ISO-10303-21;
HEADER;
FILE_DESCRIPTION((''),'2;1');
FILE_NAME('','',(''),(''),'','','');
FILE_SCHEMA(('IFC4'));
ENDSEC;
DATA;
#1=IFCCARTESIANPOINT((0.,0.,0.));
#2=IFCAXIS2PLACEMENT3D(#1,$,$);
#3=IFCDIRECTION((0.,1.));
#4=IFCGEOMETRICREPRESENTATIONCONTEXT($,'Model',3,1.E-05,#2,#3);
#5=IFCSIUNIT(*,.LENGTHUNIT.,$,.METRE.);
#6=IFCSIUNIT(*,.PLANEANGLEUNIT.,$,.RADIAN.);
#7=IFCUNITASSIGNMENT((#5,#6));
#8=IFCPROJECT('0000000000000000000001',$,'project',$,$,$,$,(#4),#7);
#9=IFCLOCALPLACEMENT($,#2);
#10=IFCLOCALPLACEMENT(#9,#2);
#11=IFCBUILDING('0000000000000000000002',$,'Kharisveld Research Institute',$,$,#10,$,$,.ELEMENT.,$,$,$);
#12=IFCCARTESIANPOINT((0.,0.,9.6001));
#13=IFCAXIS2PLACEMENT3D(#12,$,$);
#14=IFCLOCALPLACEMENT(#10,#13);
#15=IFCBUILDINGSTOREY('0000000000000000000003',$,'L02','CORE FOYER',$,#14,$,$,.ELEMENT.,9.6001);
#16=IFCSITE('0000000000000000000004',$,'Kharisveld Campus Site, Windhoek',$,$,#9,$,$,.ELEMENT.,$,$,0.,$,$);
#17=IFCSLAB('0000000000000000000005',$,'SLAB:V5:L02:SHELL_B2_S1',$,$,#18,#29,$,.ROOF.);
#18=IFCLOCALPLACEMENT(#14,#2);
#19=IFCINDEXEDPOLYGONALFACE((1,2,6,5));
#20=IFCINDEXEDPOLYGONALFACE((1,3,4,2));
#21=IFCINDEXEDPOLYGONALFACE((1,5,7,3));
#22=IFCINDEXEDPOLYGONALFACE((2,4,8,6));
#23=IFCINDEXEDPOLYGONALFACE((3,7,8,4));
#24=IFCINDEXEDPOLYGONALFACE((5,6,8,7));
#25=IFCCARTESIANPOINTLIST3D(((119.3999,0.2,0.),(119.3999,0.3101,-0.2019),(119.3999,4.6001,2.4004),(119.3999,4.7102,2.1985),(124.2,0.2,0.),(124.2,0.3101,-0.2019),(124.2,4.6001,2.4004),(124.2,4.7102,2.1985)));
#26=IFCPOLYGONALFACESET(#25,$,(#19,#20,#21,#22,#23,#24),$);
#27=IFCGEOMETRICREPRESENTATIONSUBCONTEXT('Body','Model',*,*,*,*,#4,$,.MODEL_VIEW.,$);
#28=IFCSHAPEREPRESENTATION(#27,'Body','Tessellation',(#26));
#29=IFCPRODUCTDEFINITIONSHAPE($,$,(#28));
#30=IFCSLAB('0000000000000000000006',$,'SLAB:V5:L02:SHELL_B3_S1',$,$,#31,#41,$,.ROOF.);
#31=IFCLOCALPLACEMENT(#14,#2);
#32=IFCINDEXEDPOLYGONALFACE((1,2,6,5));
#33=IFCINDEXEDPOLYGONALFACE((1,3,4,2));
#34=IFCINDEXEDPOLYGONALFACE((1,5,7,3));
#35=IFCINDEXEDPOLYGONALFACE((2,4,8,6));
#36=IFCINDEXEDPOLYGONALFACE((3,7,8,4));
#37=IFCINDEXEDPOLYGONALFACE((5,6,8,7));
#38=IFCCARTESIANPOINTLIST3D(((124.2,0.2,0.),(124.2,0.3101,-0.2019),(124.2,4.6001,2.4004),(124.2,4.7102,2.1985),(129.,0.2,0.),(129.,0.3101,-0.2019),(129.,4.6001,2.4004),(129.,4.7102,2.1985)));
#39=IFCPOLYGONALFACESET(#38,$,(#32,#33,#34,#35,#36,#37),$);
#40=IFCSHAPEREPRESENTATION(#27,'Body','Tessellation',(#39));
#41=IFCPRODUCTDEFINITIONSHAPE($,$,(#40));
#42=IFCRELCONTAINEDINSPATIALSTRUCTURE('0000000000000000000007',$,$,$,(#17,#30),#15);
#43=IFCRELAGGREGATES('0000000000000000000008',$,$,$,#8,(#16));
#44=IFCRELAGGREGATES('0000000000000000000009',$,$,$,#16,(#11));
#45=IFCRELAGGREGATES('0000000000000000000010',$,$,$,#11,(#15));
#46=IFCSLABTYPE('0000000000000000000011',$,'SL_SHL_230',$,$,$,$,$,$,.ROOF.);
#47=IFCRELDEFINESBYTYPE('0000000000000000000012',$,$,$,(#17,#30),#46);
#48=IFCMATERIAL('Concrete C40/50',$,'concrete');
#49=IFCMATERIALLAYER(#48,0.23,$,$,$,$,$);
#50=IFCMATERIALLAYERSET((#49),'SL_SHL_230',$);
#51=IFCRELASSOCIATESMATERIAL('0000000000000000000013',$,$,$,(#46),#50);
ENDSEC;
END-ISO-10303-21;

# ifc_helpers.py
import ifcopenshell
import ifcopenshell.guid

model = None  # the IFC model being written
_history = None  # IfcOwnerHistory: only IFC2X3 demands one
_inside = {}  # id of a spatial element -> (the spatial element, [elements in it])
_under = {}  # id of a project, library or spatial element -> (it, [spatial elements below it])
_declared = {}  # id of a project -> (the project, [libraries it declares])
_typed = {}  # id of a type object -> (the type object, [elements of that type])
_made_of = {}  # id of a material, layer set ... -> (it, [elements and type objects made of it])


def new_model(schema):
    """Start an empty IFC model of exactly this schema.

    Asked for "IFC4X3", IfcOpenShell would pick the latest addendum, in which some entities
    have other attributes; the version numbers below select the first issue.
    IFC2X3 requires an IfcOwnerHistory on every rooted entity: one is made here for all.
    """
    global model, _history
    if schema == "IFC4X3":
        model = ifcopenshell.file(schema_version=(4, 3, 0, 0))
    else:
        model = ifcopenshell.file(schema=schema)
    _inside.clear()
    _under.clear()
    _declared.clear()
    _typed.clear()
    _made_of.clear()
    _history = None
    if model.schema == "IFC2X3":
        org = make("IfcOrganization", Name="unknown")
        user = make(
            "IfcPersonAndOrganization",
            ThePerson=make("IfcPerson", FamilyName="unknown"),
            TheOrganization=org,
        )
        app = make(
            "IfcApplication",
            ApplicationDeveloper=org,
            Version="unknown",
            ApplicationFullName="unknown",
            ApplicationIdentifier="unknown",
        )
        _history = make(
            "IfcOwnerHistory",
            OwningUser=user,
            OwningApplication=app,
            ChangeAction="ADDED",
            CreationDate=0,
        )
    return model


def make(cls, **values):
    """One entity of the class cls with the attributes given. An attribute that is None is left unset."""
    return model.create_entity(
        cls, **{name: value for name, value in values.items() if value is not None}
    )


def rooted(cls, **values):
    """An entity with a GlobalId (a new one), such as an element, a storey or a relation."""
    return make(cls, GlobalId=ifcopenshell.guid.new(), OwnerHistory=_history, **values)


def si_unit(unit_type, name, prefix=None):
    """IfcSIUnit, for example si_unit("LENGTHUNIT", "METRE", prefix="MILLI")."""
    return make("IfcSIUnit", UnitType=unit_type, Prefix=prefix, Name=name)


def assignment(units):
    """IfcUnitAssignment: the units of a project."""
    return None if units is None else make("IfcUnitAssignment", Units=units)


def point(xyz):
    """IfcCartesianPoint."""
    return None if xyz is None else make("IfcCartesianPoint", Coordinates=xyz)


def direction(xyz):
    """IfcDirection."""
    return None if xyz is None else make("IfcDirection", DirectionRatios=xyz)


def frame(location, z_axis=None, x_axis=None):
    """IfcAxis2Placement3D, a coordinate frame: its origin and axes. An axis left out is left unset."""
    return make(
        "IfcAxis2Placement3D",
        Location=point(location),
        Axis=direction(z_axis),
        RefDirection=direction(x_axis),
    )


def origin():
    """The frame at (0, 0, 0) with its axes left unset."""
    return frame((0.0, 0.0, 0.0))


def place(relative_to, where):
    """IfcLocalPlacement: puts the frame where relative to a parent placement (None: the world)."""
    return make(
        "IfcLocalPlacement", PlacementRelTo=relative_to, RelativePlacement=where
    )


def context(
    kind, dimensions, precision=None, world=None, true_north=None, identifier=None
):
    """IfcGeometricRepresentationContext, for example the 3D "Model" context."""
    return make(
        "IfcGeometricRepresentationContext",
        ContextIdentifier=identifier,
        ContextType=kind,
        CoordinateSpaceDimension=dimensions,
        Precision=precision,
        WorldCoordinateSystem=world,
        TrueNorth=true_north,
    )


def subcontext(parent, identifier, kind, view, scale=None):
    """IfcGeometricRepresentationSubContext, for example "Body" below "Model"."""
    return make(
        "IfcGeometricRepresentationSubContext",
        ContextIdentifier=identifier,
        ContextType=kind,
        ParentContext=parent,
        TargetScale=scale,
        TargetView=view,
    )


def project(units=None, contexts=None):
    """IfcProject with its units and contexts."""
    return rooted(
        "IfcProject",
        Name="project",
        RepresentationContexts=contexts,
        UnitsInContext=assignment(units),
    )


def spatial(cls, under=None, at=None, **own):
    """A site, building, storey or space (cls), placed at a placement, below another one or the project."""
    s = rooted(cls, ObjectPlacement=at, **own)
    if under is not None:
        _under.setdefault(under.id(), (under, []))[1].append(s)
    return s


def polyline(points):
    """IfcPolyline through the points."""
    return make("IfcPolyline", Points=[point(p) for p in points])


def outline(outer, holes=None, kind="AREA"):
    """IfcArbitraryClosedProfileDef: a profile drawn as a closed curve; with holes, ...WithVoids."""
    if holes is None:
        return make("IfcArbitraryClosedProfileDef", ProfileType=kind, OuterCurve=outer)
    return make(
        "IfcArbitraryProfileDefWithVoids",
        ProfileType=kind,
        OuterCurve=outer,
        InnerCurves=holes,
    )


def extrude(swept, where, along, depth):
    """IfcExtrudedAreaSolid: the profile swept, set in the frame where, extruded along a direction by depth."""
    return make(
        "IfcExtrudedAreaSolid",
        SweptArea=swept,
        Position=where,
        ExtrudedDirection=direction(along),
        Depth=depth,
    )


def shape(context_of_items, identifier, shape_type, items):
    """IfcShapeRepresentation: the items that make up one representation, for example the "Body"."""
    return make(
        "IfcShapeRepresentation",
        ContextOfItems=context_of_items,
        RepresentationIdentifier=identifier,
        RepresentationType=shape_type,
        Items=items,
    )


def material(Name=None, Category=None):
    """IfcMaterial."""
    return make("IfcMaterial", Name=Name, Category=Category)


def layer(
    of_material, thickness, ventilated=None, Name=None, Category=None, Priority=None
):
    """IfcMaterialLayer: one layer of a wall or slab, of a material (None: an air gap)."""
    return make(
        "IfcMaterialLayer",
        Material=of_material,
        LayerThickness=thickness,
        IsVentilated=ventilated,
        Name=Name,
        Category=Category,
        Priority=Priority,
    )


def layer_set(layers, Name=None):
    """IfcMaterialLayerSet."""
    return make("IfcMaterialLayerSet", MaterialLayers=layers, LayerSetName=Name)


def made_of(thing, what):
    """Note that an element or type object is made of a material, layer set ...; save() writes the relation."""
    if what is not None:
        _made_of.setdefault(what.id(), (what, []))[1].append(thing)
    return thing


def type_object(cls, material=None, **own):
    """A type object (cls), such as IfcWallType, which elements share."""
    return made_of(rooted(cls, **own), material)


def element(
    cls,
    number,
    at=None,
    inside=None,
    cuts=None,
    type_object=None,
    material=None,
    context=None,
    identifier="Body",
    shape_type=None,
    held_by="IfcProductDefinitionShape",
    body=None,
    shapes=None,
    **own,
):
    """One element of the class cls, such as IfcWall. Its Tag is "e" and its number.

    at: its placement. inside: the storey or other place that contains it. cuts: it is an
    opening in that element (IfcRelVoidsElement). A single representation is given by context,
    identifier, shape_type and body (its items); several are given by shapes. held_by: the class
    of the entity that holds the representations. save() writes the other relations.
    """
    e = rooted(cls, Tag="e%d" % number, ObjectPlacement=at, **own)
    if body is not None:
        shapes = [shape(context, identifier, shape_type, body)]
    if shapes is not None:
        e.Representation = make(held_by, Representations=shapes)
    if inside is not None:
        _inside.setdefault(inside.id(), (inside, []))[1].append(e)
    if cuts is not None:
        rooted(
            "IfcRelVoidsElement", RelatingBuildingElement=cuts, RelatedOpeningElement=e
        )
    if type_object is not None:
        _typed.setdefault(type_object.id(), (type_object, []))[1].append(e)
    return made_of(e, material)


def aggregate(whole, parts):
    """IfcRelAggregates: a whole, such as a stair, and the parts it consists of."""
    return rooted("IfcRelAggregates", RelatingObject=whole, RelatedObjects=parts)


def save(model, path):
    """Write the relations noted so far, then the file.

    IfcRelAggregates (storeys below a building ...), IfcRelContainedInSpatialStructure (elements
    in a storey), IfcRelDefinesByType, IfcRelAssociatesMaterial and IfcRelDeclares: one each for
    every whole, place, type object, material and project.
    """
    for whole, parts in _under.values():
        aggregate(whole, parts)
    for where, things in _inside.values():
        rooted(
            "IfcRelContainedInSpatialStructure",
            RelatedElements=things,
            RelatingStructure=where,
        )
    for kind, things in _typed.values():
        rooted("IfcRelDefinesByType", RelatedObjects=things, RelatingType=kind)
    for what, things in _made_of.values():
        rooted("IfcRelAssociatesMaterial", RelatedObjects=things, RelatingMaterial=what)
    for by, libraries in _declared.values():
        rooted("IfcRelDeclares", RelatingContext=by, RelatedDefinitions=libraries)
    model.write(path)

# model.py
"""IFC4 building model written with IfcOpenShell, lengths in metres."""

from ifc_helpers import new_model, si_unit, direction, frame, origin, place, context, subcontext, project, spatial, polyline, outline, extrude, material, layer, layer_set, type_object, element, save


model = new_model("IFC4")

# Units and contexts
model_context = context("Model", 3, precision=1e-05, world=origin(), true_north=direction((0.0, 1.0)))
body_context = subcontext(model_context, "Body", "Model", "MODEL_VIEW")
ifc_project = project(units=[si_unit("LENGTHUNIT", "METRE"), si_unit("PLANEANGLEUNIT", "RADIAN")], contexts=[model_context])

# Site, building, storey
site_placement = place(None, origin())
site = spatial("IfcSite", under=ifc_project, at=site_placement, Name="Kharisveld Campus Site, Windhoek", CompositionType="ELEMENT", RefElevation=0.0)
building_placement = place(site_placement, origin())
building = spatial("IfcBuilding", under=site, at=building_placement, Name="Kharisveld Research Institute", CompositionType="ELEMENT")
storey_placement = place(building_placement, frame((0.0, 0.0, 9.6001)))
storey = spatial("IfcBuildingStorey", under=building, at=storey_placement, Name="L02", Description="CORE FOYER", CompositionType="ELEMENT", Elevation=9.6001)

# Slabs
ifc_material_1 = material(Name="Concrete C40/50", Category="concrete")
ifc_layer_1 = layer(ifc_material_1, 0.23)
ifc_layer_set_1 = layer_set([ifc_layer_1], Name="SL_SHL_230")
slab_type_1 = type_object("IfcSlabType", Name="SL_SHL_230", PredefinedType="ROOF", material=ifc_layer_set_1)
for number, where, z_axis, x_axis, name in (
    (1, (119.3999, 0.2, 0.0), (0.0, -0.4789, 0.87787), (1.0, 0.0, 0.0), "SLAB:V5:L02:SHELL_B2_S1"),
    (2, (124.2, 0.2, 0.0), (0.0, -0.4789, 0.87787), (1.0, 0.0, 0.0), "SLAB:V5:L02:SHELL_B3_S1"),
):
    element("IfcSlab", number, at=place(storey_placement, frame(where, z_axis=z_axis, x_axis=x_axis)), inside=storey, type_object=slab_type_1, Name=name, PredefinedType="ROOF", context=body_context, shape_type="SweptSolid", body=[
        extrude(outline(polyline([(0.0, 0.0), (4.8, 0.0), (4.8, 5.0123), (0.0, 5.0123), (0.0, 0.0)])), origin(), (0.0, 0.0, -1.0), 0.23),
    ])

save(model, "model.ifc")
